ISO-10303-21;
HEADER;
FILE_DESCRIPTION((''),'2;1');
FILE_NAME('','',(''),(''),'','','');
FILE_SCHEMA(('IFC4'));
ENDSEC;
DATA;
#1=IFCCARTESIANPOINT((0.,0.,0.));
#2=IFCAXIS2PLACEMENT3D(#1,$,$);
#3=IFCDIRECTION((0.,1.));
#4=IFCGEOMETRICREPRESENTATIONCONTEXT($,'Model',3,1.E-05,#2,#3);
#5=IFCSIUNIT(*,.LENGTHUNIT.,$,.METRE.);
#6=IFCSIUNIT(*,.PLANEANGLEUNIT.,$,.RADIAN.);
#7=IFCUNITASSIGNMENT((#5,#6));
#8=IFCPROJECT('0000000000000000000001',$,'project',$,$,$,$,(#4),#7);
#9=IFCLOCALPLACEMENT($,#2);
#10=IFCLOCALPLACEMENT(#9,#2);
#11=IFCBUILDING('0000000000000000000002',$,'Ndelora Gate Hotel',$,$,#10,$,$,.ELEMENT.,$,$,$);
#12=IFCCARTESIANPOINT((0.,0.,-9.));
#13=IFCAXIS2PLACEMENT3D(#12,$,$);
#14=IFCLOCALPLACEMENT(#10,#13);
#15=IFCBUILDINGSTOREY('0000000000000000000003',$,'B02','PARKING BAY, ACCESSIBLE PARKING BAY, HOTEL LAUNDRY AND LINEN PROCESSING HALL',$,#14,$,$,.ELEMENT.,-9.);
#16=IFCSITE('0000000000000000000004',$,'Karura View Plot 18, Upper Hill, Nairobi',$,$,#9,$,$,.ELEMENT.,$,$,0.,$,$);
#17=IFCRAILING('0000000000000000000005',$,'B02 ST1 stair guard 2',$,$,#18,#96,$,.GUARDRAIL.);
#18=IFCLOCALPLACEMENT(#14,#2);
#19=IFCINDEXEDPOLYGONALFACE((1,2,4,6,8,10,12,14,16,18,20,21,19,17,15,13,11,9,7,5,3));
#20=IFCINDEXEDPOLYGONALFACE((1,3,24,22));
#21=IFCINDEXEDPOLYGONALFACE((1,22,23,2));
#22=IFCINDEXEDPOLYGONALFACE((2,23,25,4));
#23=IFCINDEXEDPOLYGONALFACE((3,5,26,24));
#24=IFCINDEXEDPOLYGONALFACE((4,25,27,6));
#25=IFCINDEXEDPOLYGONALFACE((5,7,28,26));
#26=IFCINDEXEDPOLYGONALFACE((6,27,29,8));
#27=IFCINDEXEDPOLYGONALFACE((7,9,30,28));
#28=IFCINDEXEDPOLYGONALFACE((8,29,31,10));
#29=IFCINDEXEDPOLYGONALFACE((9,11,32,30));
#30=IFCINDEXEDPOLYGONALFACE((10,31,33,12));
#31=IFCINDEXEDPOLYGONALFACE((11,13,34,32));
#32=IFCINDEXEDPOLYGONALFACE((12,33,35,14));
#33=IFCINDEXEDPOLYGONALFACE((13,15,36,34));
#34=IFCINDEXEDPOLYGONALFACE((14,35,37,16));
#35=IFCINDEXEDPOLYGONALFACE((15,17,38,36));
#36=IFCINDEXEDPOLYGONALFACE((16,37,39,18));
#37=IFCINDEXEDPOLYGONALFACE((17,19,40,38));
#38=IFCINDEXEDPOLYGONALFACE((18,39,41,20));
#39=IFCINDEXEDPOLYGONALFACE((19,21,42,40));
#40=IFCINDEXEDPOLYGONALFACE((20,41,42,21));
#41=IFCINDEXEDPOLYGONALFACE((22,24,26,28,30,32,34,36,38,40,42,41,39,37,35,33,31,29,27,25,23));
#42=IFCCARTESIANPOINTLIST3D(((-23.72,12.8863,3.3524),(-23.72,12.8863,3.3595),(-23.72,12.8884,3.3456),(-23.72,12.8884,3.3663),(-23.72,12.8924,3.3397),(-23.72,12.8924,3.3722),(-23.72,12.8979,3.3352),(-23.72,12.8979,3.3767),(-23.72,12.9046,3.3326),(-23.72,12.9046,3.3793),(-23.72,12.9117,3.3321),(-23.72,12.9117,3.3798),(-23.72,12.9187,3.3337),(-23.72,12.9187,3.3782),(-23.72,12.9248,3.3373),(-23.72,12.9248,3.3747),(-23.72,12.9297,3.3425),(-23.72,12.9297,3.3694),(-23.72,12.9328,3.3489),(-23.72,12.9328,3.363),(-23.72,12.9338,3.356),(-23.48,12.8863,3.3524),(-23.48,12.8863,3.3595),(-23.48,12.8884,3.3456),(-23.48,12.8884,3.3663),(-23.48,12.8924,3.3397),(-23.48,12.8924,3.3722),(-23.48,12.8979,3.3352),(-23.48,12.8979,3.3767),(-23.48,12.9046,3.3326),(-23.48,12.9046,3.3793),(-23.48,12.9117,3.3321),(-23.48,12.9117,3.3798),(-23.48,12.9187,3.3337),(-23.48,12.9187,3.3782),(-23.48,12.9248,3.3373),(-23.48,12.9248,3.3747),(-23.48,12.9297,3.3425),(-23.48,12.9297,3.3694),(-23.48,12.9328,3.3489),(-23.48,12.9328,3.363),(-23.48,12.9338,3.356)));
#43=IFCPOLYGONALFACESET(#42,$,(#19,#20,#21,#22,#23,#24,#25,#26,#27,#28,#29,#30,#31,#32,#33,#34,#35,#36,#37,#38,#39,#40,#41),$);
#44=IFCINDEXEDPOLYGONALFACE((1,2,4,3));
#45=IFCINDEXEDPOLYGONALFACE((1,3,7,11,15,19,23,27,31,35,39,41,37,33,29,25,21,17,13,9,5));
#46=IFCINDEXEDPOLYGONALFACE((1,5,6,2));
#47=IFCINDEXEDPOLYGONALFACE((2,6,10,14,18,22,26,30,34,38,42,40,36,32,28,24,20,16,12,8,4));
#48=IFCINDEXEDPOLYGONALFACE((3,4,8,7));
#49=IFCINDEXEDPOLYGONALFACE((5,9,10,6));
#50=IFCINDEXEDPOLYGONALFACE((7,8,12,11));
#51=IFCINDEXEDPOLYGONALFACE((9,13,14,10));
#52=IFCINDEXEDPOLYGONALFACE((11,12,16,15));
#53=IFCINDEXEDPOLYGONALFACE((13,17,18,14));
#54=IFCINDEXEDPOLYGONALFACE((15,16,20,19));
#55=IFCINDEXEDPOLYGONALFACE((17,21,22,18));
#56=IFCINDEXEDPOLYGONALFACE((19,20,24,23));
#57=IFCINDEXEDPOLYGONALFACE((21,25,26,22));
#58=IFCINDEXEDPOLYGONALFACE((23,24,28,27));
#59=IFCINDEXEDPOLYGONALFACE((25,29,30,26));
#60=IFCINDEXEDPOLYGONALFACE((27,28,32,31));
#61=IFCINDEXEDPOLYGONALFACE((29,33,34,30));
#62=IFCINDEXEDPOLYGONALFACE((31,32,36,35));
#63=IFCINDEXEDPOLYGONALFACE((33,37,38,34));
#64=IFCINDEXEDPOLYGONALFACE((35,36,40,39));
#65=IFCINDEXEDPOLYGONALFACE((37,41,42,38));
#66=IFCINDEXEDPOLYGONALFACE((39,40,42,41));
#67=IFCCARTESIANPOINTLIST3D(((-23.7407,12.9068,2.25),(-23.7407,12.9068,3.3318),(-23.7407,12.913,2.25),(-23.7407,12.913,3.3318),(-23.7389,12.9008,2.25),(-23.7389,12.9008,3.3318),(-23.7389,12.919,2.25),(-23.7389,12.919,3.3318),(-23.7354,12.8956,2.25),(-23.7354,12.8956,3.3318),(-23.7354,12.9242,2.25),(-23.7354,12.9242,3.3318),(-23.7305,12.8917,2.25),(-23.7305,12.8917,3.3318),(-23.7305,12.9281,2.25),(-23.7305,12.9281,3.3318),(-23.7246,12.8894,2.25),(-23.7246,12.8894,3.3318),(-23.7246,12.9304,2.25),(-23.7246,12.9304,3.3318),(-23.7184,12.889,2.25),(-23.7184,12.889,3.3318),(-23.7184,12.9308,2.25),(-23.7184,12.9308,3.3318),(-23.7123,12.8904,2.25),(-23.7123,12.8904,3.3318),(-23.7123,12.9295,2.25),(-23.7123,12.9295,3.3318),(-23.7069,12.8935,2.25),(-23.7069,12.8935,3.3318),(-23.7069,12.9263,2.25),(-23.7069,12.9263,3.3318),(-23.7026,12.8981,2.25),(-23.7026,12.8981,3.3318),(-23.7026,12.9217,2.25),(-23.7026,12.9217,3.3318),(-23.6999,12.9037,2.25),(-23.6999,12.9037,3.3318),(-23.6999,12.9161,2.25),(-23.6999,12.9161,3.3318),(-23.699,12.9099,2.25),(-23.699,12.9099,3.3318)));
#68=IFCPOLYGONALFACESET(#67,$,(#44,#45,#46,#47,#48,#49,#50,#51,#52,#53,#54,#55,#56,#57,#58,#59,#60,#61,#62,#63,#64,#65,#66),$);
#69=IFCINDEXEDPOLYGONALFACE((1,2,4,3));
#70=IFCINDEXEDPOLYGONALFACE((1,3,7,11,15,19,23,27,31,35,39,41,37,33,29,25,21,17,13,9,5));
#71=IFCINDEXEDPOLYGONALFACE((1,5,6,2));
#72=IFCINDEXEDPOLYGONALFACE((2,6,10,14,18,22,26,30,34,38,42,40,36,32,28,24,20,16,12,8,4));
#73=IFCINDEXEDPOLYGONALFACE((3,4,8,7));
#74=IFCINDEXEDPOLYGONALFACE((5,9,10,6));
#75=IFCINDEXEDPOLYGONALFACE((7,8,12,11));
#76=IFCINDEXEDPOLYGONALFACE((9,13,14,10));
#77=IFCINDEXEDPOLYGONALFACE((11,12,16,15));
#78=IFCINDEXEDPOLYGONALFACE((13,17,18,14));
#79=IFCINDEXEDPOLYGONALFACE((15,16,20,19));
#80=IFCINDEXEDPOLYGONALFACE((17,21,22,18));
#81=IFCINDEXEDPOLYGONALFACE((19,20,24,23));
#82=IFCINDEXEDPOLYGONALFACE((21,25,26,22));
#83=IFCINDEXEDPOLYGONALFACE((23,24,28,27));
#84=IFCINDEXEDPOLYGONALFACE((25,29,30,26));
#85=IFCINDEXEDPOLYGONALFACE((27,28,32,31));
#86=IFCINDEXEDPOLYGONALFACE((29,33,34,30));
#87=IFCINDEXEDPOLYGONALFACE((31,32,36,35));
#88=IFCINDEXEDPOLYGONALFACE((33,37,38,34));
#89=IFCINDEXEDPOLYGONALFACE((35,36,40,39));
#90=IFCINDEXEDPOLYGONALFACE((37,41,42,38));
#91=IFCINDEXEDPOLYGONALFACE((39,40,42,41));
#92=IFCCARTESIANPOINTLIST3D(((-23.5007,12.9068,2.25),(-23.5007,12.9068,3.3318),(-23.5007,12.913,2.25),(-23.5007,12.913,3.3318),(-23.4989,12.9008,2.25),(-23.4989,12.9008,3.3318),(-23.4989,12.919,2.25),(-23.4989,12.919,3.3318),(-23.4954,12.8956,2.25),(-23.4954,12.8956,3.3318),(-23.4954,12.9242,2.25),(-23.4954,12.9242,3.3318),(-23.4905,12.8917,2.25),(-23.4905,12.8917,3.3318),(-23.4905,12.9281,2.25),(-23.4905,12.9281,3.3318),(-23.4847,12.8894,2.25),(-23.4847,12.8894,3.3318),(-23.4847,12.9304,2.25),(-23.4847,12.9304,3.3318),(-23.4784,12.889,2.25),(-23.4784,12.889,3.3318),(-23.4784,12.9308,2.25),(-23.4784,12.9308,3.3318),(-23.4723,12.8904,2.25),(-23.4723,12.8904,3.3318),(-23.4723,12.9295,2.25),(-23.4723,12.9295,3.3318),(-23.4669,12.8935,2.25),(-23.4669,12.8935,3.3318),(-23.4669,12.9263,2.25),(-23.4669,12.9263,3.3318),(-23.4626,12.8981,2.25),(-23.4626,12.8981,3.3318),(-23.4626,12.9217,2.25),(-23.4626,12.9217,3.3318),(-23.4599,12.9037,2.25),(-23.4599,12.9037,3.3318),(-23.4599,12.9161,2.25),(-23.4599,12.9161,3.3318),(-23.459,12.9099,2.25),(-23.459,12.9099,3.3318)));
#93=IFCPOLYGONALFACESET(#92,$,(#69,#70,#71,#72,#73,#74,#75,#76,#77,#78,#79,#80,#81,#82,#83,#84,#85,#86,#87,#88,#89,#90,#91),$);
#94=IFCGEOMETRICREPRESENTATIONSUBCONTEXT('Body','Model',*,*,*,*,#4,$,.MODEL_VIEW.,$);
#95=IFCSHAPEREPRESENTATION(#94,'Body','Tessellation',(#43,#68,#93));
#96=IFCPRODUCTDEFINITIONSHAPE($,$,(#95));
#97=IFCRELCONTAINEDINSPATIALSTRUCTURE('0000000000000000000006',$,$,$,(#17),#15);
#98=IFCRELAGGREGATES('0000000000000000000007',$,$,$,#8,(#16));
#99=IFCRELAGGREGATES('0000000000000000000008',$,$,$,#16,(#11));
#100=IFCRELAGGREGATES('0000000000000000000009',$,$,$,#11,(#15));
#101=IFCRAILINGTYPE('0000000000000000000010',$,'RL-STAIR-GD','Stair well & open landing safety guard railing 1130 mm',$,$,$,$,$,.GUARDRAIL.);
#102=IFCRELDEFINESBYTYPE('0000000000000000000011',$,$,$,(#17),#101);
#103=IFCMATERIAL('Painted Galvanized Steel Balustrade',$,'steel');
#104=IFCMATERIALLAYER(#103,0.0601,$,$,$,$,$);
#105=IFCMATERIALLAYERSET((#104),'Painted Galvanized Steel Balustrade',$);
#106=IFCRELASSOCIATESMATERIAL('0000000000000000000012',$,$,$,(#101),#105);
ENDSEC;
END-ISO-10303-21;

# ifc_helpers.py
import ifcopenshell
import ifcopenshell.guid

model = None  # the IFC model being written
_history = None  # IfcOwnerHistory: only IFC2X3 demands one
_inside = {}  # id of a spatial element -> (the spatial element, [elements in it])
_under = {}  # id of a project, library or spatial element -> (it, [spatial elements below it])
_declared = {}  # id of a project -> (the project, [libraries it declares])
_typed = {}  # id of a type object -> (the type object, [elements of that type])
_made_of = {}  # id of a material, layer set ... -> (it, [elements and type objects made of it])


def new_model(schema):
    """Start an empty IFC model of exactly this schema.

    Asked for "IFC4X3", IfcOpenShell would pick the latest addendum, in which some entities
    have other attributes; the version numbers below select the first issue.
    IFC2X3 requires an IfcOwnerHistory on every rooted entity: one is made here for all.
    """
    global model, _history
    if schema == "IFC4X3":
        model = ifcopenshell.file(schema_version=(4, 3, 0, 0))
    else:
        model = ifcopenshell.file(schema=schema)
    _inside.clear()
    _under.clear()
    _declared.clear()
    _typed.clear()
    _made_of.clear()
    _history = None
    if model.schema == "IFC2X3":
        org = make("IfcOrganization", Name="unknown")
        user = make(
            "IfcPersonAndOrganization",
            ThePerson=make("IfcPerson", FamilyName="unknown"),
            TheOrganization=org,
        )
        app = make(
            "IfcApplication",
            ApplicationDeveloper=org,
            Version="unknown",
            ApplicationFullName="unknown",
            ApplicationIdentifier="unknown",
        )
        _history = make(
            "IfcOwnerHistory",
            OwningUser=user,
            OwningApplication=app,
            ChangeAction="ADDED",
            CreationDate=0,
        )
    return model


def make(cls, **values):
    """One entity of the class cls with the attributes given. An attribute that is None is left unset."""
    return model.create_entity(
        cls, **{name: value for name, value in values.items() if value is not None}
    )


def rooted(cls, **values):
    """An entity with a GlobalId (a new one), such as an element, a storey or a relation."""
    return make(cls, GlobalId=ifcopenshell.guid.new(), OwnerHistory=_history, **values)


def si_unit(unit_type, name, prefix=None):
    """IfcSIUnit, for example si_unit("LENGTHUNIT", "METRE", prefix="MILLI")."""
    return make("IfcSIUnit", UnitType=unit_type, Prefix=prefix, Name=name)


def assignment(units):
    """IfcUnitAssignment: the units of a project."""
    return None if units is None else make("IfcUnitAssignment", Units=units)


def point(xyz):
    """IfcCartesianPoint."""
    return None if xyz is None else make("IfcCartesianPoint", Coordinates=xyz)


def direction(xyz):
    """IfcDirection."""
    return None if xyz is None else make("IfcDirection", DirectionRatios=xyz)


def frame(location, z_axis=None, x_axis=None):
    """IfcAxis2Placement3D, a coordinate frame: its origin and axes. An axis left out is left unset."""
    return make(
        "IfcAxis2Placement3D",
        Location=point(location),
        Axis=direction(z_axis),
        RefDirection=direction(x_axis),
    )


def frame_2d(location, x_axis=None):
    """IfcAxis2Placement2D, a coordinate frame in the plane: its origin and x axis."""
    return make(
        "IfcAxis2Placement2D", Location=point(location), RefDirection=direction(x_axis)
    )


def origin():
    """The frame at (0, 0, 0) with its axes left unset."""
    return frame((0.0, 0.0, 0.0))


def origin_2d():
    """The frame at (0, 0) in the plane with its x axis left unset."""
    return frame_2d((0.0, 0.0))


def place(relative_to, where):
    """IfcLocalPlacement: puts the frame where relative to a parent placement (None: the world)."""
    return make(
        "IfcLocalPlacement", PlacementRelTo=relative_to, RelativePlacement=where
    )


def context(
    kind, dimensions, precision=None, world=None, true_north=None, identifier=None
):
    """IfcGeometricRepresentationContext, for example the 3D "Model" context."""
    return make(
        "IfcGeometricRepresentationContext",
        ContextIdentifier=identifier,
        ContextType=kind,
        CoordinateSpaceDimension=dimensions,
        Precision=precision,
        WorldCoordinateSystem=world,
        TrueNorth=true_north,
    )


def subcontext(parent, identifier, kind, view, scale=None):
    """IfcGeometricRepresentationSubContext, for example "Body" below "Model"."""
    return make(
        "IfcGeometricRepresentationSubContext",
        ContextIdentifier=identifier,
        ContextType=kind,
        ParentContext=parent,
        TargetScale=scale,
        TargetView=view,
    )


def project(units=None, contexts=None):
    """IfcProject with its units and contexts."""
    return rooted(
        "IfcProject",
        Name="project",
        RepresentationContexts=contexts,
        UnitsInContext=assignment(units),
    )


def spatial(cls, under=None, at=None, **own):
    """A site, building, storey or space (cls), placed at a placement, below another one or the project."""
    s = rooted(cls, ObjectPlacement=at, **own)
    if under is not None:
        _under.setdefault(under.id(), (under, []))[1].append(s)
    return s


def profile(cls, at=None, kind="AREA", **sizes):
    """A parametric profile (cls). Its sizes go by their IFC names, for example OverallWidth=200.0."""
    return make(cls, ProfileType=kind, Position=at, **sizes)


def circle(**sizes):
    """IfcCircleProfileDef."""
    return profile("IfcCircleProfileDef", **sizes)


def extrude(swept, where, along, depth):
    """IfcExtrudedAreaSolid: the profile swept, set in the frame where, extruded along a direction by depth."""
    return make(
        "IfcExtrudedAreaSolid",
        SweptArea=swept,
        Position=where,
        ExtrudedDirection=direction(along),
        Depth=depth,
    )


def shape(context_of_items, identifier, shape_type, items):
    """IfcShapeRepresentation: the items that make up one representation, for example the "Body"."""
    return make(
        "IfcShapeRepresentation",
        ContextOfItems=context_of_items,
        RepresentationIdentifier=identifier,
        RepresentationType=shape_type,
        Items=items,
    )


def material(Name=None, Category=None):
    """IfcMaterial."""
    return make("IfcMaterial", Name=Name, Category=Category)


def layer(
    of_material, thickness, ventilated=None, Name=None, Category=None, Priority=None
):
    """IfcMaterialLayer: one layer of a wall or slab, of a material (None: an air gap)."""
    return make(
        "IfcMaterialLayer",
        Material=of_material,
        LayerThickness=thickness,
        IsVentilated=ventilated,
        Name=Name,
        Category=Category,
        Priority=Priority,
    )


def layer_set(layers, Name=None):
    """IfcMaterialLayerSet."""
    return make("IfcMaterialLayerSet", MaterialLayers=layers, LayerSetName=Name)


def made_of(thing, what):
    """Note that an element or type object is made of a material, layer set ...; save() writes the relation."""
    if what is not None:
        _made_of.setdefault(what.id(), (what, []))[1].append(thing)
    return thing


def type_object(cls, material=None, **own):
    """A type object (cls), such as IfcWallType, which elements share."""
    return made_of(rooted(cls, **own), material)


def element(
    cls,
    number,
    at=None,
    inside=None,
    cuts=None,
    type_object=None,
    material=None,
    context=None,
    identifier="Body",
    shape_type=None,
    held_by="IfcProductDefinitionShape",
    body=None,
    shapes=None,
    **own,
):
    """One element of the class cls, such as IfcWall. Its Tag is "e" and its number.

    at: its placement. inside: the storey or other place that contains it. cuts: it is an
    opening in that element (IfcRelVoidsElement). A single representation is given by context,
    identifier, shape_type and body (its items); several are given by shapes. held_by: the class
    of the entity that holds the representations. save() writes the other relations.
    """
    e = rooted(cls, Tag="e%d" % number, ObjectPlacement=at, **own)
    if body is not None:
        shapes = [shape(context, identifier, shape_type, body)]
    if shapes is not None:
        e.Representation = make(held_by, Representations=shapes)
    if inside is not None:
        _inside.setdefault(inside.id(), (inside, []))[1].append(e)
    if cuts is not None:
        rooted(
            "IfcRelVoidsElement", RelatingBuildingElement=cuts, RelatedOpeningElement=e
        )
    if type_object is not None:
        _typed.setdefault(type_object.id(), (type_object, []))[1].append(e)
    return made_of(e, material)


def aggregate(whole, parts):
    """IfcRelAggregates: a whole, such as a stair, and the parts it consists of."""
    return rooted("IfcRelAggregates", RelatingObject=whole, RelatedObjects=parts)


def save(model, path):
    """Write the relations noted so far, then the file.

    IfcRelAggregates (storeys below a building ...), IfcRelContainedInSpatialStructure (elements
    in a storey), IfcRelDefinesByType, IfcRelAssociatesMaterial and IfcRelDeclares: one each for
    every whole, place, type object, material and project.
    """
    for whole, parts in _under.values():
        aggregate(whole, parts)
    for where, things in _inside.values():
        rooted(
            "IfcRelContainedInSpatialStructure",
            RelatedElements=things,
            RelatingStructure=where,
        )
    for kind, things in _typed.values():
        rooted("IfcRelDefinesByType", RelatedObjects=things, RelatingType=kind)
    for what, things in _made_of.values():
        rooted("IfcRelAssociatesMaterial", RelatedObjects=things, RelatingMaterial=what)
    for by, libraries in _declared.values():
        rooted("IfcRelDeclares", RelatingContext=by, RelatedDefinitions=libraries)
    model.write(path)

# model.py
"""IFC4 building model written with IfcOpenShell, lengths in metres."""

from ifc_helpers import new_model, si_unit, direction, frame, origin, origin_2d, place, context, subcontext, project, spatial, circle, extrude, material, layer, layer_set, type_object, element, save


model = new_model("IFC4")

# Units and contexts
model_context = context("Model", 3, precision=1e-05, world=origin(), true_north=direction((0.0, 1.0)))
body_context = subcontext(model_context, "Body", "Model", "MODEL_VIEW")
ifc_project = project(units=[si_unit("LENGTHUNIT", "METRE"), si_unit("PLANEANGLEUNIT", "RADIAN")], contexts=[model_context])

# Site, building, storey
site_placement = place(None, origin())
site = spatial("IfcSite", under=ifc_project, at=site_placement, Name="Karura View Plot 18, Upper Hill, Nairobi", CompositionType="ELEMENT", RefElevation=0.0)
building_placement = place(site_placement, origin())
building = spatial("IfcBuilding", under=site, at=building_placement, Name="Ndelora Gate Hotel", CompositionType="ELEMENT")
storey_placement = place(building_placement, frame((0.0, 0.0, -9.0)))
storey = spatial("IfcBuildingStorey", under=building, at=storey_placement, Name="B02", Description="PARKING BAY, ACCESSIBLE PARKING BAY, HOTEL LAUNDRY AND LINEN PROCESSING HALL", CompositionType="ELEMENT", Elevation=-9.0)

# Railing
ifc_material_1 = material(Name="Painted Galvanized Steel Balustrade", Category="steel")
ifc_layer_1 = layer(ifc_material_1, 0.0601)
ifc_layer_set_1 = layer_set([ifc_layer_1], Name="Painted Galvanized Steel Balustrade")
railing_type_1 = type_object("IfcRailingType", Name="RL-STAIR-GD", Description="Stair well & open landing safety guard railing 1130 mm", PredefinedType="GUARDRAIL", material=ifc_layer_set_1)
railing_1_placement = place(storey_placement, frame((-23.72, 12.9099, 2.25)))
element("IfcRailing", 1, at=railing_1_placement, inside=storey, type_object=railing_type_1, Name="B02 ST1 stair guard 2", PredefinedType="GUARDRAIL", context=body_context, shape_type="SweptSolid", body=[
    extrude(circle(Radius=0.0239, at=origin_2d()), frame((0.0, 0.0, 1.106), z_axis=(1.0, 0.0, 0.0), x_axis=(0.0, 1.0, 0.0)), (0.0, 0.0, 1.0), 0.24),
    extrude(circle(Radius=0.021, at=origin_2d()), origin(), (0.0, 0.0, 1.0), 1.0818),
    extrude(circle(Radius=0.021, at=origin_2d()), frame((0.24, 0.0, 0.0)), (0.0, 0.0, 1.0), 1.0818),
])

save(model, "model.ifc")
